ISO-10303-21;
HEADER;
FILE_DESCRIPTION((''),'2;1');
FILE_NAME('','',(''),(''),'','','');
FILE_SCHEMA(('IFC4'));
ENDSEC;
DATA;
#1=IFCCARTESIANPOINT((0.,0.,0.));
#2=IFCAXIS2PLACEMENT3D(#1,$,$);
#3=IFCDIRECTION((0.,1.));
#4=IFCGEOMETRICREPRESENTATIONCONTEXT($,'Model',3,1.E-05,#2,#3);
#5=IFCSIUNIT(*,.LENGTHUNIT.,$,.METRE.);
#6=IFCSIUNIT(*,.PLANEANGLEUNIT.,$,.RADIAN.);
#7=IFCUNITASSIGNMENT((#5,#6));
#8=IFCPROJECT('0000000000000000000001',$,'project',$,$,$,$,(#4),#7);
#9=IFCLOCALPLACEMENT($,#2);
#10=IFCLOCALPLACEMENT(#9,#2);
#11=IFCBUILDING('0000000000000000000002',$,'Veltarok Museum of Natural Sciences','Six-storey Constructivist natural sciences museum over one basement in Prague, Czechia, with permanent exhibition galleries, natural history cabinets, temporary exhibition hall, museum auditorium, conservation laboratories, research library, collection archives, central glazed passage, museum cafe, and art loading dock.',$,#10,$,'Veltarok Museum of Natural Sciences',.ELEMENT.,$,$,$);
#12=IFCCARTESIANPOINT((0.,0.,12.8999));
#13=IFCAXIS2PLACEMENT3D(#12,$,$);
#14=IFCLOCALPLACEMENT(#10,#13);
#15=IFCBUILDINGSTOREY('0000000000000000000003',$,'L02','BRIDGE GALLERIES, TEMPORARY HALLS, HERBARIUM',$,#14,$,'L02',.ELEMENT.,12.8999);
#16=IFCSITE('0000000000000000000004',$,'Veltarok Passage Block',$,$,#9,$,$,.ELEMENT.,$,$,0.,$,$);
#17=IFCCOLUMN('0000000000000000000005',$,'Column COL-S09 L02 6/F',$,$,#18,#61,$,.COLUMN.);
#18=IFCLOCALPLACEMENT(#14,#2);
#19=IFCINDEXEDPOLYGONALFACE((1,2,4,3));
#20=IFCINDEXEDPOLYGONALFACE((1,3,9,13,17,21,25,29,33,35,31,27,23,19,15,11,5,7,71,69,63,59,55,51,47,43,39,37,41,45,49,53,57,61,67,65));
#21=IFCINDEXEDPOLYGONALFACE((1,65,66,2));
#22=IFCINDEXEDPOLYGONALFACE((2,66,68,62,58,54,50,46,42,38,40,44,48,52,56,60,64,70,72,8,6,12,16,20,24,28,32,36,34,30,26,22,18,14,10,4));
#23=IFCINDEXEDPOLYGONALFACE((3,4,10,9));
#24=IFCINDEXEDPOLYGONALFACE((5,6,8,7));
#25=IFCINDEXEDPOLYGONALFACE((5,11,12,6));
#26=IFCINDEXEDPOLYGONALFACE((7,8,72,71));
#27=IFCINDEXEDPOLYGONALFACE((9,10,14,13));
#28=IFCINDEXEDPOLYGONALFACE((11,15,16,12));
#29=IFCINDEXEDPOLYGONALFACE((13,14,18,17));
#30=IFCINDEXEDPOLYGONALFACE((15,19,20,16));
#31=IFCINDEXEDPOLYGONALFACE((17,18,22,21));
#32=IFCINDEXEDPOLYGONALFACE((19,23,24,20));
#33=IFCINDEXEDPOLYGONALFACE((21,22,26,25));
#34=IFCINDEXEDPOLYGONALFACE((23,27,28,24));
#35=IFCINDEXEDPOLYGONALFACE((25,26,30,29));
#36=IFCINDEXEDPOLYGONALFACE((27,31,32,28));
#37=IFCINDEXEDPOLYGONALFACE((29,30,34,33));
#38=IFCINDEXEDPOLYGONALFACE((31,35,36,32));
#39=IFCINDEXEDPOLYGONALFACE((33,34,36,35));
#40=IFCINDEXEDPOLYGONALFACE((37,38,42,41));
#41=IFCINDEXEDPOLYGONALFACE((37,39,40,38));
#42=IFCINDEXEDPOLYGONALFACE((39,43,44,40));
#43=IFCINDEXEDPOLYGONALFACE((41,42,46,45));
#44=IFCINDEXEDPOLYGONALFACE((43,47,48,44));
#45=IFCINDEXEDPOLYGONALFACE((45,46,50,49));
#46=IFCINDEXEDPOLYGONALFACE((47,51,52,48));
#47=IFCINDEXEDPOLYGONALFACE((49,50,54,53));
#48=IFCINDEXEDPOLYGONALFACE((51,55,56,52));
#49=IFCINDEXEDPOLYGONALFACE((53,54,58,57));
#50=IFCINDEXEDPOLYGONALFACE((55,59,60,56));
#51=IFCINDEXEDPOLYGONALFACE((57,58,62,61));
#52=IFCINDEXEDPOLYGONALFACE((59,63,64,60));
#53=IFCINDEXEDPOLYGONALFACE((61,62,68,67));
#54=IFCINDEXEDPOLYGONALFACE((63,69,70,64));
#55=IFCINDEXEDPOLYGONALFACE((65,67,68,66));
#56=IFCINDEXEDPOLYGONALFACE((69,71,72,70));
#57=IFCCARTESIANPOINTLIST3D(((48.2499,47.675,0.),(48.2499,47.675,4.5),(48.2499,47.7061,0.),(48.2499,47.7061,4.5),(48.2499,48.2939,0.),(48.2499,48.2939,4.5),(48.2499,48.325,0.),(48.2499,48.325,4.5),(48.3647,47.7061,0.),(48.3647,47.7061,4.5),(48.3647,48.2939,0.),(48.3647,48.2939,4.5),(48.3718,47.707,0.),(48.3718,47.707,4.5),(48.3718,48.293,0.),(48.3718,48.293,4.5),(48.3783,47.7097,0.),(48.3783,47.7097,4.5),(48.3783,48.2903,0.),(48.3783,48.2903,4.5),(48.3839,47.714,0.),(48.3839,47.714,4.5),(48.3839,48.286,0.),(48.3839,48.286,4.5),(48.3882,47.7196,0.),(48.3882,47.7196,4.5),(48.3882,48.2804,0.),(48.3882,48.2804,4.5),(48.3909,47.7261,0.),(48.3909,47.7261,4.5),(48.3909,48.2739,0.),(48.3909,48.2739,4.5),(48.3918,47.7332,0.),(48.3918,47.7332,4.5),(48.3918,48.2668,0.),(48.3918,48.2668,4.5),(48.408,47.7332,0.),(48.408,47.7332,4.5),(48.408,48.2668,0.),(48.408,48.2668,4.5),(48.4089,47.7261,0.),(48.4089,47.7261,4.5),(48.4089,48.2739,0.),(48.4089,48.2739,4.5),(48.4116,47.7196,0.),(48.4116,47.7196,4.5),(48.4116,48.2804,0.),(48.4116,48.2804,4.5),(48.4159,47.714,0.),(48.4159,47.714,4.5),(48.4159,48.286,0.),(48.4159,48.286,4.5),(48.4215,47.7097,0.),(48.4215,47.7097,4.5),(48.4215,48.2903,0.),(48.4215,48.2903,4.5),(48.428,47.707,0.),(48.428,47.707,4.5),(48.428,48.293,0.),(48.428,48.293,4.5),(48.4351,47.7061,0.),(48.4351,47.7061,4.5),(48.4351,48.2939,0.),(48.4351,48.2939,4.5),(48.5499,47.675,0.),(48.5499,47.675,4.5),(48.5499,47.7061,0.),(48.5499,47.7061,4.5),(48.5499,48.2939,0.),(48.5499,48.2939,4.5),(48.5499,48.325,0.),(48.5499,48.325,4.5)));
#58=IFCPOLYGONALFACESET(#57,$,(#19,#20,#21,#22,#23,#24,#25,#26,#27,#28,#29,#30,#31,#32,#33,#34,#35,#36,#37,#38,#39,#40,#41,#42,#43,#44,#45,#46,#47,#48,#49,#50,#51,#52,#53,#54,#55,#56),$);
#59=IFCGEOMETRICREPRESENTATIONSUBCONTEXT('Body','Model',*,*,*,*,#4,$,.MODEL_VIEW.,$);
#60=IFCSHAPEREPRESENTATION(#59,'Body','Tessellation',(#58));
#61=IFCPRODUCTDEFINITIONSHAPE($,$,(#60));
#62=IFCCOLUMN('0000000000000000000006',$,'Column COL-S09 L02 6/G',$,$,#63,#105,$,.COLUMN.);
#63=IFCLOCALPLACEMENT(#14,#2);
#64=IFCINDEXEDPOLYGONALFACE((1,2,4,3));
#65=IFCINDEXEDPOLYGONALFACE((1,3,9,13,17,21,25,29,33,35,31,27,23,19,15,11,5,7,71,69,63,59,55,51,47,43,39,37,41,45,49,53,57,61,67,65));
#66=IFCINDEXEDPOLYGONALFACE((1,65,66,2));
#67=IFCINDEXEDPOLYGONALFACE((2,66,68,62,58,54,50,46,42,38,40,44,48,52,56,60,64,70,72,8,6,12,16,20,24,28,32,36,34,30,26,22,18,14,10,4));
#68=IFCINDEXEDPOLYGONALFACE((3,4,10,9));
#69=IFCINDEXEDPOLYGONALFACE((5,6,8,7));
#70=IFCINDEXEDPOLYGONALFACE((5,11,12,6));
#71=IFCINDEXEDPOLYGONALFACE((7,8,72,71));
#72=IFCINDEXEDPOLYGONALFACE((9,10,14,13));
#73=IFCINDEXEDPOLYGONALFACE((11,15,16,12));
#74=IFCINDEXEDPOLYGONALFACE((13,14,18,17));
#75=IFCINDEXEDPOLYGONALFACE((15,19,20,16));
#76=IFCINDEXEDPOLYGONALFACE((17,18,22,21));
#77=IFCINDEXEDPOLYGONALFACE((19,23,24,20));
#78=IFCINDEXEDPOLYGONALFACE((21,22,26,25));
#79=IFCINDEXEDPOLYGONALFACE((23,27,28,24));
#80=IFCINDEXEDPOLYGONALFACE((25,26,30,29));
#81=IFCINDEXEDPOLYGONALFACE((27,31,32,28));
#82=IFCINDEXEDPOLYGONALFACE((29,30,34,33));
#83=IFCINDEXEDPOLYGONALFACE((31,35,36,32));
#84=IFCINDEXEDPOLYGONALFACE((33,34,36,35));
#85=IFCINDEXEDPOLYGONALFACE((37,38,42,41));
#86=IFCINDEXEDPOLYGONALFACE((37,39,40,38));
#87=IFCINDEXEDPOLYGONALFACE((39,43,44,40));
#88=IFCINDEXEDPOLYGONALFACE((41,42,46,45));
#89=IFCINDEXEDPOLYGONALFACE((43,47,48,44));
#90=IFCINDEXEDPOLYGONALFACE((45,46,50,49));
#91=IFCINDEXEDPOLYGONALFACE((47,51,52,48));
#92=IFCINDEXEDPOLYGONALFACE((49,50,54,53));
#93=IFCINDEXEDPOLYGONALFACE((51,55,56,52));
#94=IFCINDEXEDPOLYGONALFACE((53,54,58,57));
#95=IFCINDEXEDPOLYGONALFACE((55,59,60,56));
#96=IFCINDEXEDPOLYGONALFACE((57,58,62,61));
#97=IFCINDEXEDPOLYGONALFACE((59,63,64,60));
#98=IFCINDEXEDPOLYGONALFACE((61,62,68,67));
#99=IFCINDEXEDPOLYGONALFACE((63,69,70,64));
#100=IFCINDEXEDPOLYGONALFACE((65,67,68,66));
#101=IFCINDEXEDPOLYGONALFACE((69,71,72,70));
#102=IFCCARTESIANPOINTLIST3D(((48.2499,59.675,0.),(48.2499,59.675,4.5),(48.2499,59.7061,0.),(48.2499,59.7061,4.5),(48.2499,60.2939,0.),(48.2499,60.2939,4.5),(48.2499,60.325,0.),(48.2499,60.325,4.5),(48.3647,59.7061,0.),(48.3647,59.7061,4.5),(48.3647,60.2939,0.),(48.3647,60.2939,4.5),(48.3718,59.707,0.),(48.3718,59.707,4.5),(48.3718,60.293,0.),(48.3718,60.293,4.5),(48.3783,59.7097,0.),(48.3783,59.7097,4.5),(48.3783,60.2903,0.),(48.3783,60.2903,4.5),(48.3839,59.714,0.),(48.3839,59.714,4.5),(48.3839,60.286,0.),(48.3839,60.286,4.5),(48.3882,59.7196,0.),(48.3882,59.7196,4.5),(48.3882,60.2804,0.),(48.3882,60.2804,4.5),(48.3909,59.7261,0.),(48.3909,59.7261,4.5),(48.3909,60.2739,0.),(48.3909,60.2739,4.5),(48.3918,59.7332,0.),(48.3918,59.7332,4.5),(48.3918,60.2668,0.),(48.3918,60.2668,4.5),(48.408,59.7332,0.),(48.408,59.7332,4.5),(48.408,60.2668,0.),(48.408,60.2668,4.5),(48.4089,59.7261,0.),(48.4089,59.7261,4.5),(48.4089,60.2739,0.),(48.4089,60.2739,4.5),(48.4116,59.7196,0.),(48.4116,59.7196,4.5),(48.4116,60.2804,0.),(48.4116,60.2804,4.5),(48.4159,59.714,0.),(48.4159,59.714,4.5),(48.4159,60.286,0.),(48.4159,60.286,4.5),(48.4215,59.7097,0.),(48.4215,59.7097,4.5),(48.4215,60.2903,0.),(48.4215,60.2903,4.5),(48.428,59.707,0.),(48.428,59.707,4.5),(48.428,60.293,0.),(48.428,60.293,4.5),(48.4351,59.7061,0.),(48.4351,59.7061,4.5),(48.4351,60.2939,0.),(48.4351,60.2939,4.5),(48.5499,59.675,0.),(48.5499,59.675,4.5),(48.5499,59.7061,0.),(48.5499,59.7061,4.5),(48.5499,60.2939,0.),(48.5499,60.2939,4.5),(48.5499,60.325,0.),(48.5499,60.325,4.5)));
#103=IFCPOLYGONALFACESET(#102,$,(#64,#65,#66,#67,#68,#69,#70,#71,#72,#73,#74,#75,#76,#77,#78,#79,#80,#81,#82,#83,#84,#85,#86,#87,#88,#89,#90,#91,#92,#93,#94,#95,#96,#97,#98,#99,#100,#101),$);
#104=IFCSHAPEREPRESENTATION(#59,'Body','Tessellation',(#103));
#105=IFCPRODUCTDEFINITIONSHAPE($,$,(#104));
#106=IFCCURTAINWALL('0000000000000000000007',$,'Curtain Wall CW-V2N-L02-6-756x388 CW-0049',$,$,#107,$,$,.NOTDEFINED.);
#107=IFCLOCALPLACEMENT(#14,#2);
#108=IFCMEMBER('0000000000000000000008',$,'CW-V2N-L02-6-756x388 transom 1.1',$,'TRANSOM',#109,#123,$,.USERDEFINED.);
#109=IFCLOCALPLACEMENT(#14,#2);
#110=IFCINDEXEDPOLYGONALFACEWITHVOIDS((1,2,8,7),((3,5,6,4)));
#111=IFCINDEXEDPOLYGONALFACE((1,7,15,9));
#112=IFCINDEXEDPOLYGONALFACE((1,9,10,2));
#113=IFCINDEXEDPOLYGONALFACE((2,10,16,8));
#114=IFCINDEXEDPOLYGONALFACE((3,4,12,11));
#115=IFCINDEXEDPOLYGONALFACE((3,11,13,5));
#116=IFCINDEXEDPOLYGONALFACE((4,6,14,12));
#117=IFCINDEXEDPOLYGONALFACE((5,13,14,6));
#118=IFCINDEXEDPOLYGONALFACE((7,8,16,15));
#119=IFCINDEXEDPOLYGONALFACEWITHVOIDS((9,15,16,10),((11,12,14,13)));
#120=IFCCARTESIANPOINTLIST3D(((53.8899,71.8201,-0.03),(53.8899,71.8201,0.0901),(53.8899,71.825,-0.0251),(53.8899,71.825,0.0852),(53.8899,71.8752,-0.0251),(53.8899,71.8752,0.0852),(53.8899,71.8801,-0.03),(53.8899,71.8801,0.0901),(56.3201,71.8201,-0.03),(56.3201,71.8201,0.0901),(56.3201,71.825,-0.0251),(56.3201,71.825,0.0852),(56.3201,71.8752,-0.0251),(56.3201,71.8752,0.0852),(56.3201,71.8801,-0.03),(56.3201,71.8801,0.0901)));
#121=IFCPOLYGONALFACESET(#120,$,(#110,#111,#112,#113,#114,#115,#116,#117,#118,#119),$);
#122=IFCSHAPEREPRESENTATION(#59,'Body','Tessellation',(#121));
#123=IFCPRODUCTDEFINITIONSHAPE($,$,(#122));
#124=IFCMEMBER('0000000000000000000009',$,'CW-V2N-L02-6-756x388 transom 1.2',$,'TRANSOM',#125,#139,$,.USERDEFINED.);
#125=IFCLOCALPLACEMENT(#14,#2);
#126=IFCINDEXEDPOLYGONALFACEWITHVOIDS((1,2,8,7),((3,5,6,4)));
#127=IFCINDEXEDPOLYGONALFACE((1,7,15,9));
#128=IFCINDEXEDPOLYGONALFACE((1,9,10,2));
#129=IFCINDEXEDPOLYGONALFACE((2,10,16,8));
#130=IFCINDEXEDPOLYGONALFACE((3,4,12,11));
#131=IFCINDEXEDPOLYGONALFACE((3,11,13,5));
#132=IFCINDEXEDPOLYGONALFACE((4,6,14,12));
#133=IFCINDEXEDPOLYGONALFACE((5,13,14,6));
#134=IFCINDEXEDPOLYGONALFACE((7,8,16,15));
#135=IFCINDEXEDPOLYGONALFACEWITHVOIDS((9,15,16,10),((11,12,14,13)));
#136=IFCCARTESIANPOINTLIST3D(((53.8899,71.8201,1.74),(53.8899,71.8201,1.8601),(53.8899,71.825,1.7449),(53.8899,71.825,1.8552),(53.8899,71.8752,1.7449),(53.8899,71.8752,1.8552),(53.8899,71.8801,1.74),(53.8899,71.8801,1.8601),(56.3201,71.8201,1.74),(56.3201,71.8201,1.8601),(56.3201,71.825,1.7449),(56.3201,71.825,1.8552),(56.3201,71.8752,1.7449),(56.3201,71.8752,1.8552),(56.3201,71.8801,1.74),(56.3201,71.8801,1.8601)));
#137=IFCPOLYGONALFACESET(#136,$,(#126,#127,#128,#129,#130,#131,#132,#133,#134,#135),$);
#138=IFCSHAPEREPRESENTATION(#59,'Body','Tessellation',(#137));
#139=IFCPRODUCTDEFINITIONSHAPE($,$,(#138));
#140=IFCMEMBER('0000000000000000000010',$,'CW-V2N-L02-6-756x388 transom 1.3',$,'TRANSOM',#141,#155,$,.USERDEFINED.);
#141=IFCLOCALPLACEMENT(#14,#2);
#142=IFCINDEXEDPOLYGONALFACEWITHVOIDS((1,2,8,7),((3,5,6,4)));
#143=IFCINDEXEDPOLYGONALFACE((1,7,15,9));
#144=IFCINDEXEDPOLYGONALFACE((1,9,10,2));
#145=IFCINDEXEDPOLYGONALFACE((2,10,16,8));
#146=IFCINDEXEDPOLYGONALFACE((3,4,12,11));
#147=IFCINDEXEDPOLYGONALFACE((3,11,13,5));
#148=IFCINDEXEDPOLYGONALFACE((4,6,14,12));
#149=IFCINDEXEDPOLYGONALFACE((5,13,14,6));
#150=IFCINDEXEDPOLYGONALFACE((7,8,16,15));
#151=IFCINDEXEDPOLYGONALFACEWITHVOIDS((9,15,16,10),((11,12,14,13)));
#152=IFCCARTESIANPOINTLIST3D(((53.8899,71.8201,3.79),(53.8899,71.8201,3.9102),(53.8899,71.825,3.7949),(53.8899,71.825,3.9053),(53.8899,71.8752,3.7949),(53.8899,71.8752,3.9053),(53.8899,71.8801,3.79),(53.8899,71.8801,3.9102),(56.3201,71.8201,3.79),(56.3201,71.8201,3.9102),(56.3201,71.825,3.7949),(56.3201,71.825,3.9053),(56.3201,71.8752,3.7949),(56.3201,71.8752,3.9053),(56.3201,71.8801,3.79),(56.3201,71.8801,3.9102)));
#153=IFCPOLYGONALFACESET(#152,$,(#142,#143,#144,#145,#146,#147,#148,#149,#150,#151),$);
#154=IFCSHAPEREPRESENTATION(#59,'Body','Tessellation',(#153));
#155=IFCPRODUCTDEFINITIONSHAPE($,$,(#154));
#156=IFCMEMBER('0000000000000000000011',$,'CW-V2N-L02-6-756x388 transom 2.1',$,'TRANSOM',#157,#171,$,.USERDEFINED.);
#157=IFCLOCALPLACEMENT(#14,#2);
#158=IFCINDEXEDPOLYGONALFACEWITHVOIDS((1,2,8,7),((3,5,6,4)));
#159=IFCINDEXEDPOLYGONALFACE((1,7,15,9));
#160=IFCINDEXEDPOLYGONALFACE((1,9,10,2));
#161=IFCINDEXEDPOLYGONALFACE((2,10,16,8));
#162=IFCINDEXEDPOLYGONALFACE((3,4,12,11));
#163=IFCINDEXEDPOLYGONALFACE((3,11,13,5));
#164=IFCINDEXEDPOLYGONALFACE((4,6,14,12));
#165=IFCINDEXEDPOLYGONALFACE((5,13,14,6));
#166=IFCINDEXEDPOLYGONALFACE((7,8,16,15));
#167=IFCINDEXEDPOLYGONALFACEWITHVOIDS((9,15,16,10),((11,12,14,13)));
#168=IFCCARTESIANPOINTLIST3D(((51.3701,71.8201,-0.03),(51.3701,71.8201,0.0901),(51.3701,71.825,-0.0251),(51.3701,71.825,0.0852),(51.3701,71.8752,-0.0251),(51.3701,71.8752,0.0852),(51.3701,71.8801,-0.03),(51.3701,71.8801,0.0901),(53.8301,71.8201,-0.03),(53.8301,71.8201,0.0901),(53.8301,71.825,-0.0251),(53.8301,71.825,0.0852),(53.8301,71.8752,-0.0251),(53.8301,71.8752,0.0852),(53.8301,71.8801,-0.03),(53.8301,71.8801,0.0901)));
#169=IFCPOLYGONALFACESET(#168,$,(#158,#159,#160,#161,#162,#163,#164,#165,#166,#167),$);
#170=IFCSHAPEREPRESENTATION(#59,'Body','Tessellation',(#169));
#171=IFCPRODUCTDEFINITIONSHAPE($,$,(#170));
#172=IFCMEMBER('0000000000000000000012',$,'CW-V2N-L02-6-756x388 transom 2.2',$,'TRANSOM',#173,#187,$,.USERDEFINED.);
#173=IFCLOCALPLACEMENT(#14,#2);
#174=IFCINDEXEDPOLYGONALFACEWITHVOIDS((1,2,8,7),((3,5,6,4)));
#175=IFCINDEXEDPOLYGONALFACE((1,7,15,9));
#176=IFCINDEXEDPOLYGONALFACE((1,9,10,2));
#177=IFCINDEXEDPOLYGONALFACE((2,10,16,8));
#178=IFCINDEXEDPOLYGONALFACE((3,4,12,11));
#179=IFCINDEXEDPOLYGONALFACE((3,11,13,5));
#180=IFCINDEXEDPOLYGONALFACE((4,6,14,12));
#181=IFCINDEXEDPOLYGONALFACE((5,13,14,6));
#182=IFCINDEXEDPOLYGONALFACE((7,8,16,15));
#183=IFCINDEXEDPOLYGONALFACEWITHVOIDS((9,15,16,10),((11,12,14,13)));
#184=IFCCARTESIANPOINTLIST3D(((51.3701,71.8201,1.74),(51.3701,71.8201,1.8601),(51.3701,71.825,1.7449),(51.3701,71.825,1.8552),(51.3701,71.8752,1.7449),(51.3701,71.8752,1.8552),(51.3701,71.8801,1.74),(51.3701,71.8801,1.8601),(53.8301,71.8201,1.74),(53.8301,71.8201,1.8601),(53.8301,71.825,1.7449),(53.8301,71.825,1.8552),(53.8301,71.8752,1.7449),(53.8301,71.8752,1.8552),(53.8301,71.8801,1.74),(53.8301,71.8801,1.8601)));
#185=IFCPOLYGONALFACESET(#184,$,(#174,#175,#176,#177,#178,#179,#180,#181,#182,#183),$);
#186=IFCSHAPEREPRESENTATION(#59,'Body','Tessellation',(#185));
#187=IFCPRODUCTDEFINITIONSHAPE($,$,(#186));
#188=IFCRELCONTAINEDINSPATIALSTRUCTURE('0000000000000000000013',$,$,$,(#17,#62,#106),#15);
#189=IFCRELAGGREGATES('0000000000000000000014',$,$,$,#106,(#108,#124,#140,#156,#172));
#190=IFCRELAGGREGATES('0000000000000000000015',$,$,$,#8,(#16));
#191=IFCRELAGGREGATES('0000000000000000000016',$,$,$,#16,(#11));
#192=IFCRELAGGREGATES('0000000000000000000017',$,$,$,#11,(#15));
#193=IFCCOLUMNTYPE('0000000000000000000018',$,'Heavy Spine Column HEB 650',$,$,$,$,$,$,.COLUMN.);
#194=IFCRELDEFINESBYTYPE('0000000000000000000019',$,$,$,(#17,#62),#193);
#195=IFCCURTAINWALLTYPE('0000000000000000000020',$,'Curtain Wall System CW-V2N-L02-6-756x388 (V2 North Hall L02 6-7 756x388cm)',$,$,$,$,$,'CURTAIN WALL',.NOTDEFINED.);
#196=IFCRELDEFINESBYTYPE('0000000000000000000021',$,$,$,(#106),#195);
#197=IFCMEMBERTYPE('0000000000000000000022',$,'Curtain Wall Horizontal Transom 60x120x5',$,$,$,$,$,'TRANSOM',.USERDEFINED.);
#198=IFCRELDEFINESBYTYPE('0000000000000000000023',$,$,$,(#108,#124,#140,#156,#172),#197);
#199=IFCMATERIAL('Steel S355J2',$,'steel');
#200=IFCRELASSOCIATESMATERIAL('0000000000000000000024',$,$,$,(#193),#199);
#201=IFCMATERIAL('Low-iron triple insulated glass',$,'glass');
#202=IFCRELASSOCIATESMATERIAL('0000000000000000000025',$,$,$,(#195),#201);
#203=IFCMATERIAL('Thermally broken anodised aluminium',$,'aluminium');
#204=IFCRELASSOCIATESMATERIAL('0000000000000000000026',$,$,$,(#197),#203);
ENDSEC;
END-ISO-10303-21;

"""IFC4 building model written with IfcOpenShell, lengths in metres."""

from ifc_helpers import new_model, si_unit, direction, frame, origin, origin_2d, place, context, subcontext, project, spatial, hollow_rectangle, i_section, extrude, material, material_profile, profile_set, type_object, element, aggregate, save


model = new_model("IFC4")

# Units and contexts
model_context = context("Model", 3, precision=1e-05, world=origin(), true_north=direction((0.0, 1.0)))
body_context = subcontext(model_context, "Body", "Model", "MODEL_VIEW")
ifc_project = project(units=[si_unit("LENGTHUNIT", "METRE"), si_unit("PLANEANGLEUNIT", "RADIAN")], contexts=[model_context])

# Site, building, storey
site_placement = place(None, origin())
site = spatial("IfcSite", under=ifc_project, at=site_placement, Name="Veltarok Passage Block", CompositionType="ELEMENT", RefElevation=0.0)
building_placement = place(site_placement, origin())
building = spatial("IfcBuilding", under=site, at=building_placement, Name="Veltarok Museum of Natural Sciences", Description="Six-storey Constructivist natural sciences museum over one basement in Prague, Czechia, with permanent exhibition galleries, natural history cabinets, temporary exhibition hall, museum auditorium, conservation laboratories, research library, collection archives, central glazed passage, museum cafe, and art loading dock.", LongName="Veltarok Museum of Natural Sciences", CompositionType="ELEMENT")
storey_placement = place(building_placement, frame((0.0, 0.0, 12.8999)))
storey = spatial("IfcBuildingStorey", under=building, at=storey_placement, Name="L02", Description="BRIDGE GALLERIES, TEMPORARY HALLS, HERBARIUM", LongName="L02", CompositionType="ELEMENT", Elevation=12.8999)

# Columns
ifc_material_1 = material(Name="Steel S355J2", Category="steel")
ifc_material_profile_1 = material_profile(ifc_material_1, i_section(OverallWidth=0.3, OverallDepth=0.6499, WebThickness=0.0161, FlangeThickness=0.031, FilletRadius=0.0271, at=origin_2d()), Name="HEB 650")
ifc_profile_set_1 = profile_set([ifc_material_profile_1], Name="Steel S355J2")
column_type = type_object("IfcColumnType", Name="Heavy Spine Column HEB 650", PredefinedType="COLUMN", material=ifc_profile_set_1)
for number, where, z_axis, x_axis, name in (
    (1, (48.3999, 48.0, 0.0), (0.0, 0.0, 1.0), (1.0, 0.0, 0.0), "Column COL-S09 L02 6/F"),
    (2, (48.3999, 60.0, 0.0), (0.0, 0.0, 1.0), (1.0, 0.0, 0.0), "Column COL-S09 L02 6/G"),
):
    element("IfcColumn", number, at=place(storey_placement, frame(where, z_axis=z_axis, x_axis=x_axis)), inside=storey, type_object=column_type, Name=name, PredefinedType="COLUMN", context=body_context, shape_type="SweptSolid", body=[
        extrude(i_section(OverallWidth=0.3, OverallDepth=0.6499, WebThickness=0.0161, FlangeThickness=0.031, FilletRadius=0.0271, at=origin_2d()), origin(), (0.0, 0.0, 1.0), 4.5),
    ])

# Curtain wall, members
ifc_material_2 = material(Name="Low-iron triple insulated glass", Category="glass")
curtain_wall_type = type_object("IfcCurtainWallType", Name="Curtain Wall System CW-V2N-L02-6-756x388 (V2 North Hall L02 6-7 756x388cm)", ElementType="CURTAIN WALL", PredefinedType="NOTDEFINED", material=ifc_material_2)
curtain_wall_placement = place(storey_placement, origin())
curtain_wall = element("IfcCurtainWall", 3, at=curtain_wall_placement, inside=storey, type_object=curtain_wall_type, Name="Curtain Wall CW-V2N-L02-6-756x388 CW-0049", PredefinedType="NOTDEFINED")
ifc_material_3 = material(Name="Thermally broken anodised aluminium", Category="aluminium")
ifc_material_profile_2 = material_profile(ifc_material_3, hollow_rectangle(XDim=0.0601, YDim=0.1201, WallThickness=0.0049, at=origin_2d()), Name="CW TRANSOM 60x120x5")
ifc_profile_set_2 = profile_set([ifc_material_profile_2], Name="Thermally broken anodised aluminium")
member_type_1 = type_object("IfcMemberType", Name="Curtain Wall Horizontal Transom 60x120x5", ElementType="TRANSOM", PredefinedType="USERDEFINED", material=ifc_profile_set_2)
member_1_placement = place(storey_placement, frame((56.3201, 71.8501, 0.03), z_axis=(-1.0, 0.0, 0.0), x_axis=(0.0, -1.0, 0.0)))
member_1 = element("IfcMember", 4, at=member_1_placement, type_object=member_type_1, Name="CW-V2N-L02-6-756x388 transom 1.1", ObjectType="TRANSOM", PredefinedType="USERDEFINED", context=body_context, shape_type="SweptSolid", body=[
    extrude(hollow_rectangle(XDim=0.0601, YDim=0.1201, WallThickness=0.0049, at=origin_2d()), origin(), (0.0, 0.0, 1.0), 2.4302),
])
member_2_placement = place(storey_placement, frame((56.3201, 71.8501, 1.8), z_axis=(-1.0, 0.0, 0.0), x_axis=(0.0, -1.0, 0.0)))
member_2 = element("IfcMember", 5, at=member_2_placement, type_object=member_type_1, Name="CW-V2N-L02-6-756x388 transom 1.2", ObjectType="TRANSOM", PredefinedType="USERDEFINED", context=body_context, shape_type="SweptSolid", body=[
    extrude(hollow_rectangle(XDim=0.0601, YDim=0.1201, WallThickness=0.0049, at=origin_2d()), origin(), (0.0, 0.0, 1.0), 2.4302),
])
member_3_placement = place(storey_placement, frame((56.3201, 71.8501, 3.8501), z_axis=(-1.0, 0.0, 0.0), x_axis=(0.0, -1.0, 0.0)))
member_3 = element("IfcMember", 6, at=member_3_placement, type_object=member_type_1, Name="CW-V2N-L02-6-756x388 transom 1.3", ObjectType="TRANSOM", PredefinedType="USERDEFINED", context=body_context, shape_type="SweptSolid", body=[
    extrude(hollow_rectangle(XDim=0.0601, YDim=0.1201, WallThickness=0.0049, at=origin_2d()), origin(), (0.0, 0.0, 1.0), 2.4302),
])
member_4_placement = place(storey_placement, frame((53.8301, 71.8501, 0.03), z_axis=(-1.0, 0.0, 0.0), x_axis=(0.0, -1.0, 0.0)))
member_4 = element("IfcMember", 7, at=member_4_placement, type_object=member_type_1, Name="CW-V2N-L02-6-756x388 transom 2.1", ObjectType="TRANSOM", PredefinedType="USERDEFINED", context=body_context, shape_type="SweptSolid", body=[
    extrude(hollow_rectangle(XDim=0.0601, YDim=0.1201, WallThickness=0.0049, at=origin_2d()), origin(), (0.0, 0.0, 1.0), 2.46),
])
member_5_placement = place(storey_placement, frame((53.8301, 71.8501, 1.8), z_axis=(-1.0, 0.0, 0.0), x_axis=(0.0, -1.0, 0.0)))
member_5 = element("IfcMember", 8, at=member_5_placement, type_object=member_type_1, Name="CW-V2N-L02-6-756x388 transom 2.2", ObjectType="TRANSOM", PredefinedType="USERDEFINED", context=body_context, shape_type="SweptSolid", body=[
    extrude(hollow_rectangle(XDim=0.0601, YDim=0.1201, WallThickness=0.0049, at=origin_2d()), origin(), (0.0, 0.0, 1.0), 2.46),
])

aggregate(curtain_wall, [member_1, member_2, member_3, member_4, member_5])

save(model, "model.ifc")
